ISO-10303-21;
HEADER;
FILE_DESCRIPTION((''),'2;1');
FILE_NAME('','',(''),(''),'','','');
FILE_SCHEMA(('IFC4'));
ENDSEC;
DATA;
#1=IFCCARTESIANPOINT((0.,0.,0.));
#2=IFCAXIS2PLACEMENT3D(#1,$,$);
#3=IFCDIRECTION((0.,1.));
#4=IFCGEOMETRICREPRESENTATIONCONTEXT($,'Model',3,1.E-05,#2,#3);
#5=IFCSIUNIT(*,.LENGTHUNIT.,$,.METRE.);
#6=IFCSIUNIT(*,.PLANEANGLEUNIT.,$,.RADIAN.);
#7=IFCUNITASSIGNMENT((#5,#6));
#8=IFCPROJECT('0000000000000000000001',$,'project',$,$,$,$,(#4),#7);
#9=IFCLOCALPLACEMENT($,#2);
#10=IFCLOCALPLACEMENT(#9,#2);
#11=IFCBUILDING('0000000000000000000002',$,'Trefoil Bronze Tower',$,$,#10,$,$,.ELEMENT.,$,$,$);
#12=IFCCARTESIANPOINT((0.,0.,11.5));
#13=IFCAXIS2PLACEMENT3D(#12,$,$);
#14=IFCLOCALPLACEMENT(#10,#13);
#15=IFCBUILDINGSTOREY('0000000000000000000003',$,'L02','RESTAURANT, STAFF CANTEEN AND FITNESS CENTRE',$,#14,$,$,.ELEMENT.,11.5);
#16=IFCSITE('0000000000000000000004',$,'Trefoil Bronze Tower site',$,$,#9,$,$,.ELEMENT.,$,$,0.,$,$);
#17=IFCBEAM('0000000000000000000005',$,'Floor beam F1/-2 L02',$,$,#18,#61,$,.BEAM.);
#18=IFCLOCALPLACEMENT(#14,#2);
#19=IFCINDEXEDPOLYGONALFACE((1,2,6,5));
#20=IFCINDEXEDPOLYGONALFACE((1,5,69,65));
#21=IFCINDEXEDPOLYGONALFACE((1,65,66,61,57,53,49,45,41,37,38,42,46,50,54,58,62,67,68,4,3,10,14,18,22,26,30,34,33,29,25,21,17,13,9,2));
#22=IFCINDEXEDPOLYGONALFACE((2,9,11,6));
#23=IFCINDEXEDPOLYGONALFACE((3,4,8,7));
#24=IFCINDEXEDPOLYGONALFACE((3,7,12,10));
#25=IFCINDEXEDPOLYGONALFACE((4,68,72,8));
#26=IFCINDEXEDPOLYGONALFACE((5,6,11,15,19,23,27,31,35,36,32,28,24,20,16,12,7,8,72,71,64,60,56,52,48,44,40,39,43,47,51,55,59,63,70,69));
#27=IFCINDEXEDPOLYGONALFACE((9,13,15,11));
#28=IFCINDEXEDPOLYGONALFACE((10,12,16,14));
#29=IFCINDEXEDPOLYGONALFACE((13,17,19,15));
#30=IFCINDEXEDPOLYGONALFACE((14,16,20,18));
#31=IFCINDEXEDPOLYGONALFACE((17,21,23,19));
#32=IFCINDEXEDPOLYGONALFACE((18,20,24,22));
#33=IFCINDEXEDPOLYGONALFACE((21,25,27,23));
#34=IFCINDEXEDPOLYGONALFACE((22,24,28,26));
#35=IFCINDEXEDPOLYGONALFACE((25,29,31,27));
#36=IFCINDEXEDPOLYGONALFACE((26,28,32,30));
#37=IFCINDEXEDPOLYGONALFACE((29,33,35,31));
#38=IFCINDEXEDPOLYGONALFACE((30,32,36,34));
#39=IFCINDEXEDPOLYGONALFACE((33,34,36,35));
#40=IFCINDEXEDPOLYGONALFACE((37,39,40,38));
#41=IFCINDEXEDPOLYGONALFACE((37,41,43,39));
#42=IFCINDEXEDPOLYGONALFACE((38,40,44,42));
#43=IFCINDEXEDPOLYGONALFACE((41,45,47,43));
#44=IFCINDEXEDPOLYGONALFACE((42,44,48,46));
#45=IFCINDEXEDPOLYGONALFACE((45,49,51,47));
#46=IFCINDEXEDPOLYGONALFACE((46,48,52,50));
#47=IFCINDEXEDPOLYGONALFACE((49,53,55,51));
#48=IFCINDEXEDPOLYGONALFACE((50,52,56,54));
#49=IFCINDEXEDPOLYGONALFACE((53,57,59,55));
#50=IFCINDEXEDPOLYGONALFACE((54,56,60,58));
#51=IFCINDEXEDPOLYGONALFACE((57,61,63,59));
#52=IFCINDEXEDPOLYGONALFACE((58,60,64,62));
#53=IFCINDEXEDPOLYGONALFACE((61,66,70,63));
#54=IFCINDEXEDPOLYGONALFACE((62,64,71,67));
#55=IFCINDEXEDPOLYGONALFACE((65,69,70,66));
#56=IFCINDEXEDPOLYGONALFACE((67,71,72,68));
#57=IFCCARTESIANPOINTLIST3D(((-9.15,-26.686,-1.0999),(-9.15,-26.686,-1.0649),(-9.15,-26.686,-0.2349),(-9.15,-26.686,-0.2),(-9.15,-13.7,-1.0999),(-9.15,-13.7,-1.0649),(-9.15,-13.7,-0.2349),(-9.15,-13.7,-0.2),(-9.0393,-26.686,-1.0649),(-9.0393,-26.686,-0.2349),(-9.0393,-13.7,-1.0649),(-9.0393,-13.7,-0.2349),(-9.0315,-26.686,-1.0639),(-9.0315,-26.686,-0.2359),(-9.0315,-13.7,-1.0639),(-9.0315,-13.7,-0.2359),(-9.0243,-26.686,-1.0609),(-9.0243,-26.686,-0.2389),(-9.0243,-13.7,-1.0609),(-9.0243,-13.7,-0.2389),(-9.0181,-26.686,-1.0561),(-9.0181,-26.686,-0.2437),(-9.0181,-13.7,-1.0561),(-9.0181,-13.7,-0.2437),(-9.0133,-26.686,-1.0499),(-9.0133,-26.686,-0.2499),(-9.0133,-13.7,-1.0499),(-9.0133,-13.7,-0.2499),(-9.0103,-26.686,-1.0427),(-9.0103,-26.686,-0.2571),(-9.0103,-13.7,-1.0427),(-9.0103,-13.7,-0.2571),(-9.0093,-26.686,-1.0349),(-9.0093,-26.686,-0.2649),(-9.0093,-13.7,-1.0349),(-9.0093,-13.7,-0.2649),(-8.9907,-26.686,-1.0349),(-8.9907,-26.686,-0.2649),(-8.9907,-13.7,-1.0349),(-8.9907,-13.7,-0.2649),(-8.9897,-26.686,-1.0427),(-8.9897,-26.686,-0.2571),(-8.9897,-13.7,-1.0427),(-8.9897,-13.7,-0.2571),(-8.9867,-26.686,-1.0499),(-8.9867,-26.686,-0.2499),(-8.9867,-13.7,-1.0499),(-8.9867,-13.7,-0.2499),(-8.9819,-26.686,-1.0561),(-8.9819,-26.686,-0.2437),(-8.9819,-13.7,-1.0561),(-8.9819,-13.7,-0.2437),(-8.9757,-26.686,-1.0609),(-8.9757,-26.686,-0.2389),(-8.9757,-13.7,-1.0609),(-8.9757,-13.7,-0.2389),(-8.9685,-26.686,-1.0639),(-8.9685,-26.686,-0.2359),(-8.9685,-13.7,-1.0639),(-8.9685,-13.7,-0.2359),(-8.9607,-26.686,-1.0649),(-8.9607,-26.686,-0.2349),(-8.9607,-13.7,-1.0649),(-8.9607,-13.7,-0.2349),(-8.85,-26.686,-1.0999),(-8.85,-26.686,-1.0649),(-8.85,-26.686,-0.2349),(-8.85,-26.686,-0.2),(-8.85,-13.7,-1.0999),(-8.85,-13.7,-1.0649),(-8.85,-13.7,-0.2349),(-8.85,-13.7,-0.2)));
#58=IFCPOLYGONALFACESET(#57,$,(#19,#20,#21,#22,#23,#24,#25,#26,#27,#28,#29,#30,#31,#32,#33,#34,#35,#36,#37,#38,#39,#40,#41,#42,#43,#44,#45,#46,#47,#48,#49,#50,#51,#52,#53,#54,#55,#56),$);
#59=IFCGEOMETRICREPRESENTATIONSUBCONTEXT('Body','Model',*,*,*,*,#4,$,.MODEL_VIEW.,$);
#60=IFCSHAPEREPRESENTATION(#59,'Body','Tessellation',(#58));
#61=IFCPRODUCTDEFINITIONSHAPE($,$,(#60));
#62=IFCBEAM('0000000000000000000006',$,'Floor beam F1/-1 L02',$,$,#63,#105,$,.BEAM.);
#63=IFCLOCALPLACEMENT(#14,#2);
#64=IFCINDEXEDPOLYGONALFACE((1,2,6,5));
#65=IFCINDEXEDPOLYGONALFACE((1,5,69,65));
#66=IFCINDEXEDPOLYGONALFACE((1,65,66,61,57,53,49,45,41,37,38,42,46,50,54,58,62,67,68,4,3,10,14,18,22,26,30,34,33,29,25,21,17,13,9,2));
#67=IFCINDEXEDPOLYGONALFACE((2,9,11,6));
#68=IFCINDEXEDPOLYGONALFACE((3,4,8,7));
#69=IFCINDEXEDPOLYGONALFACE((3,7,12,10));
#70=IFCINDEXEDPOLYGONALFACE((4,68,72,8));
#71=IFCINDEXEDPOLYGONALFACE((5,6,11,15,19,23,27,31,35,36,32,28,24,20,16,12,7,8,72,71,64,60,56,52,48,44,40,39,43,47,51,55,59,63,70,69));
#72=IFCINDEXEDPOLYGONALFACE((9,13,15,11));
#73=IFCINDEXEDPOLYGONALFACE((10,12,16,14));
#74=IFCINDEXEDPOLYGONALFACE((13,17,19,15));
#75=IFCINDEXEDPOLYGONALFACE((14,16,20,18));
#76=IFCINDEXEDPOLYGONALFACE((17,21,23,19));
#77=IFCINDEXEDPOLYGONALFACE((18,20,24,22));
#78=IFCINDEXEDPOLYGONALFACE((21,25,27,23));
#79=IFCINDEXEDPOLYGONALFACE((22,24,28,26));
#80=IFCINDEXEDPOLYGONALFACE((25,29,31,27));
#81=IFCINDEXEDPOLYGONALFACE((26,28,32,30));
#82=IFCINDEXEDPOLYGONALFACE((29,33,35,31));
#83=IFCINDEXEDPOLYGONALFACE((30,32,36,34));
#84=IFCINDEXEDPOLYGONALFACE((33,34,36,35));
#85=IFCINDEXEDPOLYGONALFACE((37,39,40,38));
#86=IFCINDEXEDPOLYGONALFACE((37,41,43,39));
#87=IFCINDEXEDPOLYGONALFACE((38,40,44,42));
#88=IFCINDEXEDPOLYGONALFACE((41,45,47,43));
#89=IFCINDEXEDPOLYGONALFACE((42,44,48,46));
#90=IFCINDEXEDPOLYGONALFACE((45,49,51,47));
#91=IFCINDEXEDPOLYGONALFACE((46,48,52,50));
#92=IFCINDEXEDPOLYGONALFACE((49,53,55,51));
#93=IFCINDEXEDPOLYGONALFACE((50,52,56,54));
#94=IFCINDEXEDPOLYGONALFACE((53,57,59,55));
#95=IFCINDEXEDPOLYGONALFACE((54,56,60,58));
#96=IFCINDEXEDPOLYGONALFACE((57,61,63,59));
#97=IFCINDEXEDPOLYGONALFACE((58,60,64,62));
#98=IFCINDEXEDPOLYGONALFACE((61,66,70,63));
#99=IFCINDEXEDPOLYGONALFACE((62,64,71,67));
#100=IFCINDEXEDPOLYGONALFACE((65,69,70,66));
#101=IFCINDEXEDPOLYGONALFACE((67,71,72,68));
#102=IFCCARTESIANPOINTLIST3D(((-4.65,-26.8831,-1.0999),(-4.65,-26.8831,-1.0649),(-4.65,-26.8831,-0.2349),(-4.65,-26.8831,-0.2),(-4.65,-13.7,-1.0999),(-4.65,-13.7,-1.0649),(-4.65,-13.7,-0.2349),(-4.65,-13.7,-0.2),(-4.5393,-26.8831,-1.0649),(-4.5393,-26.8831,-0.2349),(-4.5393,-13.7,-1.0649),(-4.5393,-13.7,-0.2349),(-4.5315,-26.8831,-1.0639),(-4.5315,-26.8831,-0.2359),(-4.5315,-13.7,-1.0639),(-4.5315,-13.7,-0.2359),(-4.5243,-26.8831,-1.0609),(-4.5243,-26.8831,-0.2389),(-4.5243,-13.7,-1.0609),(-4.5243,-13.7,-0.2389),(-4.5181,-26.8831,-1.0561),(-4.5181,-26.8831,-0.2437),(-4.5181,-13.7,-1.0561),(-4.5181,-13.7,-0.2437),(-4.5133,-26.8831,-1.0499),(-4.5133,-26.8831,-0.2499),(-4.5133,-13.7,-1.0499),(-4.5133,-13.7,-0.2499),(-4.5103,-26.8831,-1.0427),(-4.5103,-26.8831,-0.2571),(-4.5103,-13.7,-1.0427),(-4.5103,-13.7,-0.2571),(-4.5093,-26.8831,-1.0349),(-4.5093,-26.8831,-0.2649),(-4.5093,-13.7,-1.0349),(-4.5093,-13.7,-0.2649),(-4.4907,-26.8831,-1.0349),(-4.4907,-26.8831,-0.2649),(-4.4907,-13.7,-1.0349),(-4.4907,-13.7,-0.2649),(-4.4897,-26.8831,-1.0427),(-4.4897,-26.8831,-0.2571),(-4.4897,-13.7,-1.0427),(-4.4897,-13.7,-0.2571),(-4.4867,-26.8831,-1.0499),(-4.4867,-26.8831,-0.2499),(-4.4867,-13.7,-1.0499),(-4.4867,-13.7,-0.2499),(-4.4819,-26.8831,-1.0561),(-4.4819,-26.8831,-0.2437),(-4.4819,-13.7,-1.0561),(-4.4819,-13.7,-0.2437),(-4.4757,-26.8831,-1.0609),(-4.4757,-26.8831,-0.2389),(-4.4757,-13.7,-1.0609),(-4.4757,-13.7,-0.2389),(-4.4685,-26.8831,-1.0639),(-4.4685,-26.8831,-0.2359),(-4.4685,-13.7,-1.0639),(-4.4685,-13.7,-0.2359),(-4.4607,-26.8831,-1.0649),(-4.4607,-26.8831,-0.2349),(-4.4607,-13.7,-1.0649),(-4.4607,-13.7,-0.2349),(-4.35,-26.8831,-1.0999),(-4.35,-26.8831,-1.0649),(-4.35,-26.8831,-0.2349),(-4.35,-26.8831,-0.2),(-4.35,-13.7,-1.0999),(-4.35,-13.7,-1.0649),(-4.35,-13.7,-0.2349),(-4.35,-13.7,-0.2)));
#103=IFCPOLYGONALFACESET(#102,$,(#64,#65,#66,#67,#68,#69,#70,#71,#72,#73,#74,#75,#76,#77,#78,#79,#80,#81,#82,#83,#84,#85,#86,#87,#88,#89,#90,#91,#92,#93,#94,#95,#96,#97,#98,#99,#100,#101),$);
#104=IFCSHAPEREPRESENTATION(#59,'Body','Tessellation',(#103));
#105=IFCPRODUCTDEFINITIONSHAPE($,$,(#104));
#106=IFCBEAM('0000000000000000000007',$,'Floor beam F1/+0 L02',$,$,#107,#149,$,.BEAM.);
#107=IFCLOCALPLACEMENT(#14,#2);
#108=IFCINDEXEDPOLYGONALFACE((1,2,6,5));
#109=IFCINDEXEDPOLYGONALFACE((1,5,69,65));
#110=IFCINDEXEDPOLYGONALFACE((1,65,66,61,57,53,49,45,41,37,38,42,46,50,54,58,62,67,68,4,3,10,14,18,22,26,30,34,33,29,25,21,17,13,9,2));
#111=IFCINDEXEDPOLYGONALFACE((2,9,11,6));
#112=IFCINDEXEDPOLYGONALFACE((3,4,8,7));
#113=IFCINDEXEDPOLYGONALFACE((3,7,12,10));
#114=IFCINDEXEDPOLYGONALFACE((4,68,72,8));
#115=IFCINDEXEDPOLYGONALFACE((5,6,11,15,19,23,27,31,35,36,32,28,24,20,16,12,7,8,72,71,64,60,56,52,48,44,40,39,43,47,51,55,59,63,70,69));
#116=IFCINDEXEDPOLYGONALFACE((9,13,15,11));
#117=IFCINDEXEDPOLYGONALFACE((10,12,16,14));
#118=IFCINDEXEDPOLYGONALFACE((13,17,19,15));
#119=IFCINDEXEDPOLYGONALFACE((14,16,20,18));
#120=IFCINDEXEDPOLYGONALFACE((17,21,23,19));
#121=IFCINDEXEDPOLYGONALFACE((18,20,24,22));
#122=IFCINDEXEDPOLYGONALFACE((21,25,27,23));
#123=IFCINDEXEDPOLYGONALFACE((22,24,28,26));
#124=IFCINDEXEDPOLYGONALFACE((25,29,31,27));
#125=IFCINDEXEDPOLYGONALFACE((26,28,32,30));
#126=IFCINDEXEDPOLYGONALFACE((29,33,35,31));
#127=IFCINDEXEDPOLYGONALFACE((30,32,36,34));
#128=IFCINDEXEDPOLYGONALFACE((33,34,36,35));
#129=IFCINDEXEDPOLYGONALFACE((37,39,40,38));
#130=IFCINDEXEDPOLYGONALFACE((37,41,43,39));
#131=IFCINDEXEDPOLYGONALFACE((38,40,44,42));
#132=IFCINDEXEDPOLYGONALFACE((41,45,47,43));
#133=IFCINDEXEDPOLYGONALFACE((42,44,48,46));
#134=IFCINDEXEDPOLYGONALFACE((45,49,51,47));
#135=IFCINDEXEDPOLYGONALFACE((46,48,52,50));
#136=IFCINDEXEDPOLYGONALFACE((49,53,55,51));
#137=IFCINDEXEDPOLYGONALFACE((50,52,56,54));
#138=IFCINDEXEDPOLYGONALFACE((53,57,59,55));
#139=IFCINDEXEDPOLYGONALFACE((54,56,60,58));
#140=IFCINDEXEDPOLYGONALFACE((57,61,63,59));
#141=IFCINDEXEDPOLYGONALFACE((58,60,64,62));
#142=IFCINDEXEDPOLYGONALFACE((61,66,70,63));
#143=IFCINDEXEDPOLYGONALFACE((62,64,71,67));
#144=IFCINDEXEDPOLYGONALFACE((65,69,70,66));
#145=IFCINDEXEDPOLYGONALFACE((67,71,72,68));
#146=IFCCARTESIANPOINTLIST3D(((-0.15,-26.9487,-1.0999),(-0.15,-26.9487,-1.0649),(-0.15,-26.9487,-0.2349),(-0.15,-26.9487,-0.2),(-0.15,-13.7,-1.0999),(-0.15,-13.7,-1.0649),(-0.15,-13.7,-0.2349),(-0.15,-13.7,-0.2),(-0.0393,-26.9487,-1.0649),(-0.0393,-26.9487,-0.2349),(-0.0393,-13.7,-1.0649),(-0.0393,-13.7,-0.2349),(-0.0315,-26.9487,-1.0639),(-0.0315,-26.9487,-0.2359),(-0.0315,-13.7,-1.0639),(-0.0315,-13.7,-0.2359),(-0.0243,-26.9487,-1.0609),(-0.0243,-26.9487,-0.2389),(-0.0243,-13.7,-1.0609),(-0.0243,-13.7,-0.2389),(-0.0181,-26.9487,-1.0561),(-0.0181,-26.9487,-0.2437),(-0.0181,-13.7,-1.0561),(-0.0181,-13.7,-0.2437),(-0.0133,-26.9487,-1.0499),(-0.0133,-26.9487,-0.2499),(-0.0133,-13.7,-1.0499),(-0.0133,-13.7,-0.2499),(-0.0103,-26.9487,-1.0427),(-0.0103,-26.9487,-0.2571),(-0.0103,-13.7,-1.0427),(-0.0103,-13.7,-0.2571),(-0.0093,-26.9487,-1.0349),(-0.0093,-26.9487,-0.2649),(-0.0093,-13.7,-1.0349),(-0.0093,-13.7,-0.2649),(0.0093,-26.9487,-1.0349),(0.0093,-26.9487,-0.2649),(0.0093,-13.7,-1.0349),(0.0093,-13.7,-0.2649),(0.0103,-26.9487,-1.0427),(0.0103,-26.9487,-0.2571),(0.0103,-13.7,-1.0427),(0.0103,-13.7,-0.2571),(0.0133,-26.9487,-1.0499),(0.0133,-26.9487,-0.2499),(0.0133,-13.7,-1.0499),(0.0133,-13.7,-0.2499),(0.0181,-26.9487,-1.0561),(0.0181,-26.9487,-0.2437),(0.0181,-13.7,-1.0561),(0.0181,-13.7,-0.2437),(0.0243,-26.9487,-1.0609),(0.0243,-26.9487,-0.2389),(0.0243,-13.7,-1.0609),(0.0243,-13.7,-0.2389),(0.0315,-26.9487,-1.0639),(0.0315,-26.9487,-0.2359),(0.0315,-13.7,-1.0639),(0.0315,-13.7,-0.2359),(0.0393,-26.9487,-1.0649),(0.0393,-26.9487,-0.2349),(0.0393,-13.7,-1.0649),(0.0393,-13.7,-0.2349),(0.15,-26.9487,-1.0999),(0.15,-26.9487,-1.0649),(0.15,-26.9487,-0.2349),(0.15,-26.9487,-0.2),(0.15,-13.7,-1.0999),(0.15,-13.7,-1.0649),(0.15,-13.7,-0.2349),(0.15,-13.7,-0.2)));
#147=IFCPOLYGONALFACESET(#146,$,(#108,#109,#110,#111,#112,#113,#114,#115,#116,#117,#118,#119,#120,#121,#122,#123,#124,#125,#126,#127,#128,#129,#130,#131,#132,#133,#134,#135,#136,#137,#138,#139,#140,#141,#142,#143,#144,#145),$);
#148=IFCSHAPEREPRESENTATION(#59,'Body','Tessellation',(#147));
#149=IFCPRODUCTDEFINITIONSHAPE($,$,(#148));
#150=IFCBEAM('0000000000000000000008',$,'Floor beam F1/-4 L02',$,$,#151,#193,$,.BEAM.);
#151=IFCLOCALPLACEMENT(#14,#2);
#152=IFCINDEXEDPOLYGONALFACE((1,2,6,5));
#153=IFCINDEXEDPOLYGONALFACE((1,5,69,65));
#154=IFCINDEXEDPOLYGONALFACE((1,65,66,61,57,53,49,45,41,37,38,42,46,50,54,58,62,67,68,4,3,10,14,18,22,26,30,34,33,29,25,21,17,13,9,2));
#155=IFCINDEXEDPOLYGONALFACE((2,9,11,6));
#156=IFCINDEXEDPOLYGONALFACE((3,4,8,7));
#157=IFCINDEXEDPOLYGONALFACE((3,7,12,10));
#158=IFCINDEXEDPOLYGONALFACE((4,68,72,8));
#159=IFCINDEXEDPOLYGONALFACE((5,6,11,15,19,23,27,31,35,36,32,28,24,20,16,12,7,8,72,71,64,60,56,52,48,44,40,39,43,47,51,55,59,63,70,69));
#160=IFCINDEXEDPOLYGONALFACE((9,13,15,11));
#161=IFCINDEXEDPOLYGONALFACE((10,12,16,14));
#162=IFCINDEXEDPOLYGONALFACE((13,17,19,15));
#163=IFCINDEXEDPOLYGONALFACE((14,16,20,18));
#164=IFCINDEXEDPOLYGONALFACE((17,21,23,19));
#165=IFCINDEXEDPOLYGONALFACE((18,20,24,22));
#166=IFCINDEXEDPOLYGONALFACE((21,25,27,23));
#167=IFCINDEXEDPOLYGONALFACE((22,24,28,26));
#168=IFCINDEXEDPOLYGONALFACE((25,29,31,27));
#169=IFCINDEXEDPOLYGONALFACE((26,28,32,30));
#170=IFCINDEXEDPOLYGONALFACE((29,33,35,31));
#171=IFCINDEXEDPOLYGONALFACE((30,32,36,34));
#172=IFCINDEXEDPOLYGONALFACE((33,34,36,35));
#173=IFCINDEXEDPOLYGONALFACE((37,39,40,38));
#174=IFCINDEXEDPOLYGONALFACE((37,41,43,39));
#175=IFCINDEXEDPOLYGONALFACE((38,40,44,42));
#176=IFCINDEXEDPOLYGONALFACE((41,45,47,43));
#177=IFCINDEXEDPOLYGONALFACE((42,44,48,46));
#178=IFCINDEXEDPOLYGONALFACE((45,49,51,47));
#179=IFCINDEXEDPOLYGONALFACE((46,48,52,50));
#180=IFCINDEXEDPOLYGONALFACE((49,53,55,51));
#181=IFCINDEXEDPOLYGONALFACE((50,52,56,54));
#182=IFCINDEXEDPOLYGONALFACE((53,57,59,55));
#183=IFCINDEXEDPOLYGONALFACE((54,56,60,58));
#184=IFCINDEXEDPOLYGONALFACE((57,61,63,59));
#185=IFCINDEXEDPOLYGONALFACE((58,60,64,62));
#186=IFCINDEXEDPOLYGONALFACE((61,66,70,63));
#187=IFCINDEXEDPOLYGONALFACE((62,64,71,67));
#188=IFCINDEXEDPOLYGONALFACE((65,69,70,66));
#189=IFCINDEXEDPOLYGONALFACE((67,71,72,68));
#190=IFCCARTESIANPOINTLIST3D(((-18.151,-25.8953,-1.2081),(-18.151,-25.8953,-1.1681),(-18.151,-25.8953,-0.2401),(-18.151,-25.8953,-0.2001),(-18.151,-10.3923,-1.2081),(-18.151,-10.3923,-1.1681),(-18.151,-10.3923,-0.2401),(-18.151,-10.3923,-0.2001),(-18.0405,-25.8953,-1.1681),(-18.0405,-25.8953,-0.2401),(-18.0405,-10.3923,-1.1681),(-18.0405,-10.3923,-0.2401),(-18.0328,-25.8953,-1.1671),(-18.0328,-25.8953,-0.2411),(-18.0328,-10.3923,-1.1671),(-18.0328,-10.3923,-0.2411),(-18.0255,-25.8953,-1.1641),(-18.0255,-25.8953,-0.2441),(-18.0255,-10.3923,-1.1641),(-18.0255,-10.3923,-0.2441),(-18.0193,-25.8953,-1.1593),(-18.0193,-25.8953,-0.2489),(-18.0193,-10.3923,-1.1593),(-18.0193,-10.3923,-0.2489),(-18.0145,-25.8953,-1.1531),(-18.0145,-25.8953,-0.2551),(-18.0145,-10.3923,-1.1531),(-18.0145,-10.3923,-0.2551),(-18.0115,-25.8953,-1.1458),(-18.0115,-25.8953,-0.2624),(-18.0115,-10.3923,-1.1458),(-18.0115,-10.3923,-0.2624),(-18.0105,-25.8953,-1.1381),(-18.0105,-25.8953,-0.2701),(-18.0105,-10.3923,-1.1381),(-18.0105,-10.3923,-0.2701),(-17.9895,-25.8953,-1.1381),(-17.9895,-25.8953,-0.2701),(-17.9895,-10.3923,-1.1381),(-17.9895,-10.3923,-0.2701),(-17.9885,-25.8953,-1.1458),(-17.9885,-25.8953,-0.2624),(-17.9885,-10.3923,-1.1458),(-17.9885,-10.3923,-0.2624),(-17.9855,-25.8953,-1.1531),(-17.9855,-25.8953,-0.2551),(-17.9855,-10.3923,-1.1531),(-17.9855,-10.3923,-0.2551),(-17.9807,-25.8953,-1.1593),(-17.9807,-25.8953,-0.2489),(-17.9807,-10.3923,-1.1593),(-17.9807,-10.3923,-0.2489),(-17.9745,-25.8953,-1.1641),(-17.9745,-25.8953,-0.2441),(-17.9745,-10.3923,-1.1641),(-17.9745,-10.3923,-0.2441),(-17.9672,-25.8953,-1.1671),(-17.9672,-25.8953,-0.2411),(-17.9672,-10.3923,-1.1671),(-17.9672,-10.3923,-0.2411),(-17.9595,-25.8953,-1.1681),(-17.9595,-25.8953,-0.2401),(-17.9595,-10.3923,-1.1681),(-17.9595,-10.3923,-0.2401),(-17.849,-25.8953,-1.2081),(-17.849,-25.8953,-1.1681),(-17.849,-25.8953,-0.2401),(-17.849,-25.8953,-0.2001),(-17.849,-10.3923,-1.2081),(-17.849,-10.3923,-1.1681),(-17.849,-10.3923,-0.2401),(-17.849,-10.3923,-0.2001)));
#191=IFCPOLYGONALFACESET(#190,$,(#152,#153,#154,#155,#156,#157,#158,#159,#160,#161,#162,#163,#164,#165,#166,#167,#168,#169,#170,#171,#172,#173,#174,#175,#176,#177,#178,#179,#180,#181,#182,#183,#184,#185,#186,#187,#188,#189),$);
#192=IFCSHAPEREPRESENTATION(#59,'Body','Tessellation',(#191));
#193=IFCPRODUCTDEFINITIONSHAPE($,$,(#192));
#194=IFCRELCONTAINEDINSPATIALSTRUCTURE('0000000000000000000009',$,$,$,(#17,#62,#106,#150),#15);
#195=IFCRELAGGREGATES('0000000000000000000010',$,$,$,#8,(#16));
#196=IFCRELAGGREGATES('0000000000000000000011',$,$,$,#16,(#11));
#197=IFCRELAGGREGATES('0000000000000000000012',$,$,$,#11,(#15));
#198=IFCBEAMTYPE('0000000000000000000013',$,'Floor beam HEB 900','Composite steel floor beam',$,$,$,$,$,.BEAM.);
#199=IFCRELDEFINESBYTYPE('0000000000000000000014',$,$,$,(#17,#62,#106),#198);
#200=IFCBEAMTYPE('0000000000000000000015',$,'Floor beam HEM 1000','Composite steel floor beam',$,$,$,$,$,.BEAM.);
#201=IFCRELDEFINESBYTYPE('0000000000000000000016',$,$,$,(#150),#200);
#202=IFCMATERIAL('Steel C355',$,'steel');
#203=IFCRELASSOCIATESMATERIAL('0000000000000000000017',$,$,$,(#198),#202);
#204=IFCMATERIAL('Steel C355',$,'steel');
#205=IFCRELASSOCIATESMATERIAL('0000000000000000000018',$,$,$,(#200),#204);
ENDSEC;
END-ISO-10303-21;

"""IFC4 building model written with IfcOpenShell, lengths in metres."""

from ifc_helpers import new_model, si_unit, direction, frame, origin, origin_2d, place, context, subcontext, project, spatial, i_section, extrude, material, material_profile, profile_set, type_object, element, save


model = new_model("IFC4")

# Units and contexts
model_context = context("Model", 3, precision=1e-05, world=origin(), true_north=direction((0.0, 1.0)))
body_context = subcontext(model_context, "Body", "Model", "MODEL_VIEW")
ifc_project = project(units=[si_unit("LENGTHUNIT", "METRE"), si_unit("PLANEANGLEUNIT", "RADIAN")], contexts=[model_context])

# Site, building, storey
site_placement = place(None, origin())
site = spatial("IfcSite", under=ifc_project, at=site_placement, Name="Trefoil Bronze Tower site", CompositionType="ELEMENT", RefElevation=0.0)
building_placement = place(site_placement, origin())
building = spatial("IfcBuilding", under=site, at=building_placement, Name="Trefoil Bronze Tower", CompositionType="ELEMENT")
storey_placement = place(building_placement, frame((0.0, 0.0, 11.5)))
storey = spatial("IfcBuildingStorey", under=building, at=storey_placement, Name="L02", Description="RESTAURANT, STAFF CANTEEN AND FITNESS CENTRE", CompositionType="ELEMENT", Elevation=11.5)

# Beams
ifc_material_1 = material(Name="Steel C355", Category="steel")
ifc_material_profile_1 = material_profile(ifc_material_1, i_section(OverallWidth=0.3, OverallDepth=0.8999, WebThickness=0.0186, FlangeThickness=0.0349, FilletRadius=0.03, at=origin_2d()), Name="HEB 900")
ifc_profile_set_1 = profile_set([ifc_material_profile_1], Name="Steel C355")
beam_type_1 = type_object("IfcBeamType", Name="Floor beam HEB 900", Description="Composite steel floor beam", PredefinedType="BEAM", material=ifc_profile_set_1)
beam_1_placement = place(storey_placement, frame((-9.0, -26.686, -0.6499), z_axis=(0.0, 1.0, 0.0), x_axis=(-1.0, 0.0, 0.0)))
element("IfcBeam", 1, at=beam_1_placement, inside=storey, type_object=beam_type_1, Name="Floor beam F1/-2 L02", PredefinedType="BEAM", context=body_context, shape_type="SweptSolid", body=[
    extrude(i_section(OverallWidth=0.3, OverallDepth=0.8999, WebThickness=0.0186, FlangeThickness=0.0349, FilletRadius=0.03, at=origin_2d()), origin(), (0.0, 0.0, 1.0), 12.9861),
])
beam_2_placement = place(storey_placement, frame((-4.5, -26.8831, -0.6499), z_axis=(0.0, 1.0, 0.0), x_axis=(-1.0, 0.0, 0.0)))
element("IfcBeam", 2, at=beam_2_placement, inside=storey, type_object=beam_type_1, Name="Floor beam F1/-1 L02", PredefinedType="BEAM", context=body_context, shape_type="SweptSolid", body=[
    extrude(i_section(OverallWidth=0.3, OverallDepth=0.8999, WebThickness=0.0186, FlangeThickness=0.0349, FilletRadius=0.03, at=origin_2d()), origin(), (0.0, 0.0, 1.0), 13.1831),
])
beam_3_placement = place(storey_placement, frame((0.0, -26.9487, -0.6499), z_axis=(0.0, 1.0, 0.0), x_axis=(-1.0, 0.0, 0.0)))
element("IfcBeam", 3, at=beam_3_placement, inside=storey, type_object=beam_type_1, Name="Floor beam F1/+0 L02", PredefinedType="BEAM", context=body_context, shape_type="SweptSolid", body=[
    extrude(i_section(OverallWidth=0.3, OverallDepth=0.8999, WebThickness=0.0186, FlangeThickness=0.0349, FilletRadius=0.03, at=origin_2d()), origin(), (0.0, 0.0, 1.0), 13.2488),
])
ifc_material_2 = material(Name="Steel C355", Category="steel")
ifc_material_profile_2 = material_profile(ifc_material_2, i_section(OverallWidth=0.302, OverallDepth=1.0081, WebThickness=0.021, FlangeThickness=0.04, FilletRadius=0.03, at=origin_2d()), Name="HEM 1000")
ifc_profile_set_2 = profile_set([ifc_material_profile_2], Name="Steel C355")
beam_type_2 = type_object("IfcBeamType", Name="Floor beam HEM 1000", Description="Composite steel floor beam", PredefinedType="BEAM", material=ifc_profile_set_2)
beam_4_placement = place(storey_placement, frame((-18.0, -25.8953, -0.7041), z_axis=(0.0, 1.0, 0.0), x_axis=(-1.0, 0.0, 0.0)))
element("IfcBeam", 4, at=beam_4_placement, inside=storey, type_object=beam_type_2, Name="Floor beam F1/-4 L02", PredefinedType="BEAM", context=body_context, shape_type="SweptSolid", body=[
    extrude(i_section(OverallWidth=0.302, OverallDepth=1.0081, WebThickness=0.021, FlangeThickness=0.04, FilletRadius=0.03, at=origin_2d()), origin(), (0.0, 0.0, 1.0), 15.5029),
])

save(model, "model.ifc")
